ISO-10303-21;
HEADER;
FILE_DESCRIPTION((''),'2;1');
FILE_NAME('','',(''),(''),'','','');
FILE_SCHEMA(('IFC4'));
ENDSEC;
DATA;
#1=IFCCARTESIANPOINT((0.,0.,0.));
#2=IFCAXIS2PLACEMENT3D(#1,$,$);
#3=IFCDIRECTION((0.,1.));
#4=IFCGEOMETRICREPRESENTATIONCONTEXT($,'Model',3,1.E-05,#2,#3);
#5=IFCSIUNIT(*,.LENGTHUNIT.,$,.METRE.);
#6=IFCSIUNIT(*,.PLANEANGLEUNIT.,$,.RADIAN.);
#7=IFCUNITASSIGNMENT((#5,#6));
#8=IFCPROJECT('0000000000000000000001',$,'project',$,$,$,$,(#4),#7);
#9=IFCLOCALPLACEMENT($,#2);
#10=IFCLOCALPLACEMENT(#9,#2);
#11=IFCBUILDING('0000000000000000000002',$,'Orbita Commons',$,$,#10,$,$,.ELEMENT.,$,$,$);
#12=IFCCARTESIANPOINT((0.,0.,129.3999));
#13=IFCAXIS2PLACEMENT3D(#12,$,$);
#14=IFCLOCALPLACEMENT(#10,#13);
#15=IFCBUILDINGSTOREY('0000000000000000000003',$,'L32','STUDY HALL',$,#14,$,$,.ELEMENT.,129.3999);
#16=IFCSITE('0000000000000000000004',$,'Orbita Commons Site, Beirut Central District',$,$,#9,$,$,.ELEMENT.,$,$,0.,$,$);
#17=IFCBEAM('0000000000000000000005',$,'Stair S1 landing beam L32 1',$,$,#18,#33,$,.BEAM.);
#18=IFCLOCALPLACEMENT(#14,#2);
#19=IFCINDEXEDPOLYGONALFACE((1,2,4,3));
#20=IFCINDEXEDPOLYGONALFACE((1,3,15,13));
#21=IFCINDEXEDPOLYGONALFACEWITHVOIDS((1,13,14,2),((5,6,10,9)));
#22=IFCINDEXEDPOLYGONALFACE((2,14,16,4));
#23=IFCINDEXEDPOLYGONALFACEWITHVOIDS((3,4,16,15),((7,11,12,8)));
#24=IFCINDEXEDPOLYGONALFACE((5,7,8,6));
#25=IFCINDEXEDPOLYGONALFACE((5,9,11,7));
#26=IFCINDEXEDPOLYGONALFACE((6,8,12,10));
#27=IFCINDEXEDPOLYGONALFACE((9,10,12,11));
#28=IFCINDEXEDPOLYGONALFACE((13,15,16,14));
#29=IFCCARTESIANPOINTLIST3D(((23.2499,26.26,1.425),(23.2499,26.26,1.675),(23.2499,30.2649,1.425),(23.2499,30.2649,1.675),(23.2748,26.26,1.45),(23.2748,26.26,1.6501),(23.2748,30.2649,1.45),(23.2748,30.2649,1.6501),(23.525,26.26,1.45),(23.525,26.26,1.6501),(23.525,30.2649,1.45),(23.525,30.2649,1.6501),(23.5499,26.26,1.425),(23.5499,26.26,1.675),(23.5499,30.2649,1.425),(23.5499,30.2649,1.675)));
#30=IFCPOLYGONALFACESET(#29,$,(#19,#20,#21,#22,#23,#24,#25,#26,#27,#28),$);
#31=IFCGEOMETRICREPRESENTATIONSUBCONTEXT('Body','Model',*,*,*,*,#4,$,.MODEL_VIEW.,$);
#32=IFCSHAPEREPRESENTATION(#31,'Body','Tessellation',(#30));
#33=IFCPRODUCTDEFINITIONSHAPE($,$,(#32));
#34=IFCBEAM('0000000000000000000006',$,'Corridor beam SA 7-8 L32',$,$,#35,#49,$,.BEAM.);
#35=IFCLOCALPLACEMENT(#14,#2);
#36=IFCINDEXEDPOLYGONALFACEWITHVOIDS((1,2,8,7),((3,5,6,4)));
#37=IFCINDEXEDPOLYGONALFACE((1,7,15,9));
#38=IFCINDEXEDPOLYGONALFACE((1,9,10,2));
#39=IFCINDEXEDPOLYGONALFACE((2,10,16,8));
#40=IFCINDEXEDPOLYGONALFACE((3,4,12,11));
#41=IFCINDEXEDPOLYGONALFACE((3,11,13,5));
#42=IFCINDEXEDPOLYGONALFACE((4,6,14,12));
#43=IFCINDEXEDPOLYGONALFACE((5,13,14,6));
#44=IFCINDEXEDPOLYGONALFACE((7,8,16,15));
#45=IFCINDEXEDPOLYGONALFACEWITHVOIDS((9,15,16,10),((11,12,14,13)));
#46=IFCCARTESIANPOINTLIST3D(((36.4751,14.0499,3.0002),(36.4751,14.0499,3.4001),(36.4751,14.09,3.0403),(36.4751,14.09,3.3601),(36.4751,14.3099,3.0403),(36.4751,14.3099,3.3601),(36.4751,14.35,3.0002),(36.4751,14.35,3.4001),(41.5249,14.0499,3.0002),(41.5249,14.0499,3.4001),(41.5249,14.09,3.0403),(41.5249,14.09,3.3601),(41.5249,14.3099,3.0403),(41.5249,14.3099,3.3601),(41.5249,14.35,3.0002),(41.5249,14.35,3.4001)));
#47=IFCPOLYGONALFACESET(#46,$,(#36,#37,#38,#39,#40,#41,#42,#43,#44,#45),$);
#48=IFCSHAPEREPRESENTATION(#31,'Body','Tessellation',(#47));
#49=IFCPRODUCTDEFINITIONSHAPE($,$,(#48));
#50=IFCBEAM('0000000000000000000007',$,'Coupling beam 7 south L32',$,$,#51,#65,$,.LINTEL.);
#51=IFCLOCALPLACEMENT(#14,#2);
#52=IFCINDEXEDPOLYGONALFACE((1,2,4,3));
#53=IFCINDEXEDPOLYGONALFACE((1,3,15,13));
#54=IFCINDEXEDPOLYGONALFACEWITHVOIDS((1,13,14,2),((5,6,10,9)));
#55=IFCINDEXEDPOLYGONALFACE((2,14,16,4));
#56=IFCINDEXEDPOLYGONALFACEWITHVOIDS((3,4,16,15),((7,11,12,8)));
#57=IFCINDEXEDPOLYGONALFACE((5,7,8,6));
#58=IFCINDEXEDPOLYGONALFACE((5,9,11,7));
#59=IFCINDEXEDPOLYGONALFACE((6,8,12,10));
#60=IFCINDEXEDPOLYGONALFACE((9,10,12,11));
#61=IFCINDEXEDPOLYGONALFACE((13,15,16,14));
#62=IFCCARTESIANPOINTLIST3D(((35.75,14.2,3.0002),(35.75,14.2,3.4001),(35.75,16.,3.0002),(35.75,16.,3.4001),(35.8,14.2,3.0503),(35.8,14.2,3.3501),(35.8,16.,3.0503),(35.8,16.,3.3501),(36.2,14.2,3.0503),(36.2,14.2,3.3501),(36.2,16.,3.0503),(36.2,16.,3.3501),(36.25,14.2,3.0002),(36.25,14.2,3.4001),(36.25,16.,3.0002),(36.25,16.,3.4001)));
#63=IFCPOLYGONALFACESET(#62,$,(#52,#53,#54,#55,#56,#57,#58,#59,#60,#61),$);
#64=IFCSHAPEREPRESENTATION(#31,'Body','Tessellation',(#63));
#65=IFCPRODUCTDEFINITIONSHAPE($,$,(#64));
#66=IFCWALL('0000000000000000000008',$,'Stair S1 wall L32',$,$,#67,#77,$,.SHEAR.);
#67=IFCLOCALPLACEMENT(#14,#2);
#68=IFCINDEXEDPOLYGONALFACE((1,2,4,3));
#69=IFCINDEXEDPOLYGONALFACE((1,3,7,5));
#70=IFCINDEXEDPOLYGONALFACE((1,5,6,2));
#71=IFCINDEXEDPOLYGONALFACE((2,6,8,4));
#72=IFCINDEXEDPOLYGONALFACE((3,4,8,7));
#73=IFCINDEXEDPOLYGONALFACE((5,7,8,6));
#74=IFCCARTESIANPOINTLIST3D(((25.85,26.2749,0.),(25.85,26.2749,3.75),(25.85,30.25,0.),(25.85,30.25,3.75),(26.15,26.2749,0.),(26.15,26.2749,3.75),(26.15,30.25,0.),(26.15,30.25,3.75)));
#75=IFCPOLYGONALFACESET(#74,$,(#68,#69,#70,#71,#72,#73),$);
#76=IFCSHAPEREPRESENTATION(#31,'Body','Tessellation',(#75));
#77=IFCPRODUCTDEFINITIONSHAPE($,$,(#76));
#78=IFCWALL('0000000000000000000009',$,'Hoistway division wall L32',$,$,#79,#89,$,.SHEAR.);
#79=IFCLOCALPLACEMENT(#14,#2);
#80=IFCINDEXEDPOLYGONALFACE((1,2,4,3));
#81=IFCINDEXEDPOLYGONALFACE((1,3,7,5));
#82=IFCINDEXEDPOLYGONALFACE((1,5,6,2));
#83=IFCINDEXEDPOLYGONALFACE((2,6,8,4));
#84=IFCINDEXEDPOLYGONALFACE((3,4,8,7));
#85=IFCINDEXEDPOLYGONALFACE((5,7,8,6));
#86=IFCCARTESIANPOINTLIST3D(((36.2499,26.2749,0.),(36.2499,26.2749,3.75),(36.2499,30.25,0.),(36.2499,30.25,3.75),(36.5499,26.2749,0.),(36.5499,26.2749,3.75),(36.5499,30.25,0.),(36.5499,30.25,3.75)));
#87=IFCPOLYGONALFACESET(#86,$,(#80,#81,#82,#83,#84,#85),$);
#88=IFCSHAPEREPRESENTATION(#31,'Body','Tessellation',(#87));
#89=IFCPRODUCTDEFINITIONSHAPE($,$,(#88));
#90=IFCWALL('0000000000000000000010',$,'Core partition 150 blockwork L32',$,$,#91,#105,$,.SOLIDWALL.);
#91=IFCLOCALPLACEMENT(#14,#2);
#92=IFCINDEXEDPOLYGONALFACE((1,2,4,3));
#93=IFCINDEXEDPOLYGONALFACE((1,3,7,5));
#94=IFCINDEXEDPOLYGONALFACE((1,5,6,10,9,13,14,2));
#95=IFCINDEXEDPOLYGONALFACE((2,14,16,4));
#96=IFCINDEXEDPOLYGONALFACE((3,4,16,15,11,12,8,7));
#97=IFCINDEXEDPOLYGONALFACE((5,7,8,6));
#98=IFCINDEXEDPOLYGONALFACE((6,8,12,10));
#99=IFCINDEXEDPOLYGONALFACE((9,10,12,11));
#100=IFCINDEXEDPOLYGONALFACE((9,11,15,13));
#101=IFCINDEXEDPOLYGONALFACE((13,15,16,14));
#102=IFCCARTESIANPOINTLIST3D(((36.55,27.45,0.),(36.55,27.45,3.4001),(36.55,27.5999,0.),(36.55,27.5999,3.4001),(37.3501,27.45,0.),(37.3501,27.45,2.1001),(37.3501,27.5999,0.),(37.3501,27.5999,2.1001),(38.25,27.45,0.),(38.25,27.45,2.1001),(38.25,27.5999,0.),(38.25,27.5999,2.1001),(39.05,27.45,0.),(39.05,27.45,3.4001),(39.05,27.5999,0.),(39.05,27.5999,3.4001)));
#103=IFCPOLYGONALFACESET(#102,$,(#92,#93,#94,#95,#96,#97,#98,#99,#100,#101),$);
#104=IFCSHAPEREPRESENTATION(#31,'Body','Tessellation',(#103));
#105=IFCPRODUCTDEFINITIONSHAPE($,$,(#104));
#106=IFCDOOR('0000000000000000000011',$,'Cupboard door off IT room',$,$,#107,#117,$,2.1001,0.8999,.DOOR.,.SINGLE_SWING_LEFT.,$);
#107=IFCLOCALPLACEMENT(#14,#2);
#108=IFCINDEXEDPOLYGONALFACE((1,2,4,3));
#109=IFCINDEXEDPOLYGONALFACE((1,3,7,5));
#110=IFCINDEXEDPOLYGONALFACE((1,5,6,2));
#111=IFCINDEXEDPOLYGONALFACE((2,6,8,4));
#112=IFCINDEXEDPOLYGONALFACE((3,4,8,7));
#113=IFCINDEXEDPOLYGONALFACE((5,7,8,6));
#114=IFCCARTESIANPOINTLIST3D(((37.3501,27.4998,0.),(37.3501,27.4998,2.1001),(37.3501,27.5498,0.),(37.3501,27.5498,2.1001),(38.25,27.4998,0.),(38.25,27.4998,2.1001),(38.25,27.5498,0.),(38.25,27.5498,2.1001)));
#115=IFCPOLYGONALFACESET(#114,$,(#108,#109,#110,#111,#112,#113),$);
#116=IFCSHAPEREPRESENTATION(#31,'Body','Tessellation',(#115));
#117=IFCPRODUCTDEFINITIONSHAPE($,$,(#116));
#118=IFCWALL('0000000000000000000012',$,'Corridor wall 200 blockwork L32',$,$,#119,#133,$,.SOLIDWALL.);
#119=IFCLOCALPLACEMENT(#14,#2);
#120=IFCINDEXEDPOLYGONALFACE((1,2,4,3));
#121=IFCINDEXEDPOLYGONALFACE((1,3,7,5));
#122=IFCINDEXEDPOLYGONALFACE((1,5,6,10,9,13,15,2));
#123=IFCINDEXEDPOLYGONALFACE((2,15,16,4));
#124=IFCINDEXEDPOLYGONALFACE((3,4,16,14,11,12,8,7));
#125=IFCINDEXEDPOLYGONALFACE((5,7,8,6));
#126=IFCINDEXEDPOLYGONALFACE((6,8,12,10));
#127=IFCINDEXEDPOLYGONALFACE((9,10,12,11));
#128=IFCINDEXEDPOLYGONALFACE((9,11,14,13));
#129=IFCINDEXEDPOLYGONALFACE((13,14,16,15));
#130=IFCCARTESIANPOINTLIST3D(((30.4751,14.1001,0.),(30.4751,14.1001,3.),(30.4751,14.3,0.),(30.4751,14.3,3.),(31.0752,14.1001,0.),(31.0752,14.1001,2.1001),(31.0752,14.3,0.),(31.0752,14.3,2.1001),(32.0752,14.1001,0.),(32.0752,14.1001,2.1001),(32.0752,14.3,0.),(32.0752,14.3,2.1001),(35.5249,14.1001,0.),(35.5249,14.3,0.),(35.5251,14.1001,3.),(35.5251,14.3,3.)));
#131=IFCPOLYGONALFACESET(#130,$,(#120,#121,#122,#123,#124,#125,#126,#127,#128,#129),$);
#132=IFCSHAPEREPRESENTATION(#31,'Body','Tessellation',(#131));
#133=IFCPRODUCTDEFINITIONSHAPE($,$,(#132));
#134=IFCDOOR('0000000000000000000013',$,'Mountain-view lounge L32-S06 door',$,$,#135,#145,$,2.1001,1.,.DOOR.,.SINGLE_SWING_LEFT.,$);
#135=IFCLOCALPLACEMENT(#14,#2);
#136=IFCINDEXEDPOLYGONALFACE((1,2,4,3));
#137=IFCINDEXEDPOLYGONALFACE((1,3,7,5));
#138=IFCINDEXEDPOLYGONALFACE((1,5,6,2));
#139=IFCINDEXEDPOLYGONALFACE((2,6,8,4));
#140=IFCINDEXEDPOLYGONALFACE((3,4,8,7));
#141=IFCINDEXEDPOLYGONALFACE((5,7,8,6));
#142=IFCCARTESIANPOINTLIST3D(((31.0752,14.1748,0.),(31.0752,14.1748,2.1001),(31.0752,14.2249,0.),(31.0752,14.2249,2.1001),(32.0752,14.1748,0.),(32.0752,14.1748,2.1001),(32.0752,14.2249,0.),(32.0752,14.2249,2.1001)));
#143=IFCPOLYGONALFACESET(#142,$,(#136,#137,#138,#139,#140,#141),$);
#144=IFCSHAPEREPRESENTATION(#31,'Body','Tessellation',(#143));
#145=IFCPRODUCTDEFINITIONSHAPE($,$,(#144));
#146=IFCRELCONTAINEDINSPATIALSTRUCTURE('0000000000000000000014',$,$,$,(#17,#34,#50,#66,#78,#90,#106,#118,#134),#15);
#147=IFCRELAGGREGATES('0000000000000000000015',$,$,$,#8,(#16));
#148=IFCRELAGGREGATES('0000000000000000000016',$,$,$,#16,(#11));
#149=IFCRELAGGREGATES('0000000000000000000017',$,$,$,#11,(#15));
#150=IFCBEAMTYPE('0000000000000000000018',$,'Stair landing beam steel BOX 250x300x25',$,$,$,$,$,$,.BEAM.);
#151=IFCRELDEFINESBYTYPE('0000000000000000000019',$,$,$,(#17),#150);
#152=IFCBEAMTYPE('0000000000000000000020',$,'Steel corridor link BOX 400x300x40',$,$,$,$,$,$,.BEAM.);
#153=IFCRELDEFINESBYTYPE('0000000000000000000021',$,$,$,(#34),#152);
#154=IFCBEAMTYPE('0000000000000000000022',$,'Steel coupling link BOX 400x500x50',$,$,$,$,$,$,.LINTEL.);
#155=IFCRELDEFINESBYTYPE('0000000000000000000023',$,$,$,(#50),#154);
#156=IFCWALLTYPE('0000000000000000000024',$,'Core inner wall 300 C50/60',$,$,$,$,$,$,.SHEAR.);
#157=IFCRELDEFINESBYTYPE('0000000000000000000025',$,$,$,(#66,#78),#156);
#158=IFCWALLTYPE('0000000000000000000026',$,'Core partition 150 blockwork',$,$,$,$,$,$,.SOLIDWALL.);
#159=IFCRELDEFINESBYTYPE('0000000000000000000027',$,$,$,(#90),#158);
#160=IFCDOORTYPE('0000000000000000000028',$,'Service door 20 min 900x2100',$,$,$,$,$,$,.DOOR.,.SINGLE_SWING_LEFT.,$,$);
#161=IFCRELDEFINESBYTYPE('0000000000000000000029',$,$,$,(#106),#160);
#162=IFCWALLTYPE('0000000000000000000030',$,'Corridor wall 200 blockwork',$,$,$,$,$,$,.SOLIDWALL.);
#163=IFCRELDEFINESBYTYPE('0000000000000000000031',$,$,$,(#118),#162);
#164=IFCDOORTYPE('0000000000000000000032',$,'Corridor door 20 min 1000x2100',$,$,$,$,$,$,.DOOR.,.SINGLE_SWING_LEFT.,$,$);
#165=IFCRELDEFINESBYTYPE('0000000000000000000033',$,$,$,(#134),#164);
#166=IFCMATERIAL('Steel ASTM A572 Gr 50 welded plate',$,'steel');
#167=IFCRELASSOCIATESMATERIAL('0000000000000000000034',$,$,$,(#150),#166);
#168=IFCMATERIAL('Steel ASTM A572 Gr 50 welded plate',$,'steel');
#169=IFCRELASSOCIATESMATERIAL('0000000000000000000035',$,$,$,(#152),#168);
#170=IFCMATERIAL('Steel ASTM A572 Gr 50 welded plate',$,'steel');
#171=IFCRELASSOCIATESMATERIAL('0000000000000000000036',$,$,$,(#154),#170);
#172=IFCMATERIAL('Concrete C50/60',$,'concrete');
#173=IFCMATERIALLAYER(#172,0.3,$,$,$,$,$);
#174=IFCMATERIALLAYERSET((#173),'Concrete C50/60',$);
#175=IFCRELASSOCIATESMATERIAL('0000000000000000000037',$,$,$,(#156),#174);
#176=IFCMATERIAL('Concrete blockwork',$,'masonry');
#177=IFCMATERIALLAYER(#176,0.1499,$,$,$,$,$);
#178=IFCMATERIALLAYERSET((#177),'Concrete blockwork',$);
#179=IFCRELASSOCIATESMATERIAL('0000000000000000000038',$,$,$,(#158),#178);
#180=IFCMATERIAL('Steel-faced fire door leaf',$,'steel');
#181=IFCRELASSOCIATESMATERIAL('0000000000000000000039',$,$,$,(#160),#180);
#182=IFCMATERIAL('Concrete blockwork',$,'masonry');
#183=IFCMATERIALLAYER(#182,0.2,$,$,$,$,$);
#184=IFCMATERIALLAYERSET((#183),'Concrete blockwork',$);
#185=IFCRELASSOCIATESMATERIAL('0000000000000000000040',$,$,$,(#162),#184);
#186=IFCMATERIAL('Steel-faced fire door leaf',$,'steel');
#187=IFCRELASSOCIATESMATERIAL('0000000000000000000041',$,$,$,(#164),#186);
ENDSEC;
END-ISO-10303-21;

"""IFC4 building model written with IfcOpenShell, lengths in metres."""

from ifc_helpers import new_model, si_unit, direction, frame, frame_2d, origin, origin_2d, place, context, subcontext, project, spatial, polyline, rectangle, hollow_rectangle, outline, extrude, material, layer, layer_set, material_profile, profile_set, type_object, element, fill, save


model = new_model("IFC4")

# Units and contexts
model_context = context("Model", 3, precision=1e-05, world=origin(), true_north=direction((0.0, 1.0)))
body_context = subcontext(model_context, "Body", "Model", "MODEL_VIEW")
ifc_project = project(units=[si_unit("LENGTHUNIT", "METRE"), si_unit("PLANEANGLEUNIT", "RADIAN")], contexts=[model_context])

# Site, building, storey
site_placement = place(None, origin())
site = spatial("IfcSite", under=ifc_project, at=site_placement, Name="Orbita Commons Site, Beirut Central District", CompositionType="ELEMENT", RefElevation=0.0)
building_placement = place(site_placement, origin())
building = spatial("IfcBuilding", under=site, at=building_placement, Name="Orbita Commons", CompositionType="ELEMENT")
storey_placement = place(building_placement, frame((0.0, 0.0, 129.3999)))
storey = spatial("IfcBuildingStorey", under=building, at=storey_placement, Name="L32", Description="STUDY HALL", CompositionType="ELEMENT", Elevation=129.3999)

# Beams
ifc_material_1 = material(Name="Steel ASTM A572 Gr 50 welded plate", Category="steel")
ifc_material_profile_1 = material_profile(ifc_material_1, hollow_rectangle(XDim=0.3, YDim=0.25, WallThickness=0.0249, at=origin_2d()), Name="BOX 250x300x25")
ifc_profile_set_1 = profile_set([ifc_material_profile_1], Name="Steel ASTM A572 Gr 50 welded plate")
beam_type_1 = type_object("IfcBeamType", Name="Stair landing beam steel BOX 250x300x25", PredefinedType="BEAM", material=ifc_profile_set_1)
beam_1_placement = place(storey_placement, frame((23.3999, 26.26, 1.55), z_axis=(0.0, 1.0, 0.0), x_axis=(-1.0, 0.0, 0.0)))
element("IfcBeam", 1, at=beam_1_placement, inside=storey, type_object=beam_type_1, Name="Stair S1 landing beam L32 1", PredefinedType="BEAM", context=body_context, shape_type="SweptSolid", body=[
    extrude(hollow_rectangle(XDim=0.3, YDim=0.25, WallThickness=0.0249, at=origin_2d()), origin(), (0.0, 0.0, 1.0), 4.0049),
])
ifc_material_2 = material(Name="Steel ASTM A572 Gr 50 welded plate", Category="steel")
ifc_material_profile_2 = material_profile(ifc_material_2, hollow_rectangle(XDim=0.3, YDim=0.3999, WallThickness=0.04, at=origin_2d()), Name="BOX 400x300x40")
ifc_profile_set_2 = profile_set([ifc_material_profile_2], Name="Steel ASTM A572 Gr 50 welded plate")
beam_type_2 = type_object("IfcBeamType", Name="Steel corridor link BOX 400x300x40", PredefinedType="BEAM", material=ifc_profile_set_2)
beam_2_placement = place(storey_placement, frame((36.4751, 14.2, 3.2002), z_axis=(1.0, 0.0, 0.0), x_axis=(0.0, 1.0, 0.0)))
element("IfcBeam", 2, at=beam_2_placement, inside=storey, type_object=beam_type_2, Name="Corridor beam SA 7-8 L32", PredefinedType="BEAM", context=body_context, shape_type="SweptSolid", body=[
    extrude(hollow_rectangle(XDim=0.3, YDim=0.3999, WallThickness=0.04, at=origin_2d()), origin(), (0.0, 0.0, 1.0), 5.0498),
])
ifc_material_3 = material(Name="Steel ASTM A572 Gr 50 welded plate", Category="steel")
ifc_material_profile_3 = material_profile(ifc_material_3, hollow_rectangle(XDim=0.5, YDim=0.3999, WallThickness=0.05, at=origin_2d()), Name="BOX 400x500x50")
ifc_profile_set_3 = profile_set([ifc_material_profile_3], Name="Steel ASTM A572 Gr 50 welded plate")
beam_type_3 = type_object("IfcBeamType", Name="Steel coupling link BOX 400x500x50", PredefinedType="LINTEL", material=ifc_profile_set_3)
beam_3_placement = place(storey_placement, frame((36.0, 14.2, 3.2002), z_axis=(0.0, 1.0, 0.0), x_axis=(-1.0, 0.0, 0.0)))
element("IfcBeam", 3, at=beam_3_placement, inside=storey, type_object=beam_type_3, Name="Coupling beam 7 south L32", PredefinedType="LINTEL", context=body_context, shape_type="SweptSolid", body=[
    extrude(hollow_rectangle(XDim=0.5, YDim=0.3999, WallThickness=0.05, at=origin_2d()), origin(), (0.0, 0.0, 1.0), 1.8),
])

# Walls
ifc_material_4 = material(Name="Concrete C50/60", Category="concrete")
ifc_layer_1 = layer(ifc_material_4, 0.3)
ifc_layer_set_1 = layer_set([ifc_layer_1], Name="Concrete C50/60")
wall_type_1 = type_object("IfcWallType", Name="Core inner wall 300 C50/60", PredefinedType="SHEAR", material=ifc_layer_set_1)
for number, where, z_axis, x_axis, name in (
    (4, (26.0, 26.2749, 0.0), (0.0, 0.0, 1.0), (0.0, 1.0, 0.0), "Stair S1 wall L32"),
    (5, (36.3999, 26.2749, 0.0), (0.0, 0.0, 1.0), (0.0, 1.0, 0.0), "Hoistway division wall L32"),
):
    element("IfcWall", number, at=place(storey_placement, frame(where, z_axis=z_axis, x_axis=x_axis)), inside=storey, type_object=wall_type_1, Name=name, PredefinedType="SHEAR", context=body_context, shape_type="SweptSolid", body=[
        extrude(rectangle(XDim=3.9751, YDim=0.3, at=frame_2d((1.9875, 0.0))), origin(), (0.0, 0.0, 1.0), 3.75),
    ])

# Walls, openings, doors
ifc_material_5 = material(Name="Concrete blockwork", Category="masonry")
ifc_layer_2 = layer(ifc_material_5, 0.1499)
ifc_layer_set_2 = layer_set([ifc_layer_2], Name="Concrete blockwork")
wall_type_2 = type_object("IfcWallType", Name="Core partition 150 blockwork", PredefinedType="SOLIDWALL", material=ifc_layer_set_2)
wall_1_placement = place(storey_placement, frame((36.55, 27.5249, 0.0), z_axis=(0.0, 0.0, 1.0), x_axis=(1.0, 0.0, 0.0)))
wall_1 = element("IfcWall", 6, at=wall_1_placement, inside=storey, type_object=wall_type_2, Name="Core partition 150 blockwork L32", PredefinedType="SOLIDWALL", context=body_context, shape_type="SweptSolid", body=[
    extrude(rectangle(XDim=2.5, YDim=0.1499, at=frame_2d((1.25, 0.0))), origin(), (0.0, 0.0, 1.0), 3.4001),
])
opening_1_placement = place(wall_1_placement, frame((0.8, 0.0, 0.0)))
opening_1 = element("IfcOpeningElement", 7, at=opening_1_placement, cuts=wall_1, PredefinedType="OPENING", context=body_context, shape_type="SweptSolid", body=[
    extrude(rectangle(XDim=0.8999, YDim=2.1001, at=frame_2d((0.45, 1.05))), frame((0.0, 0.085, 0.0), z_axis=(0.0, -1.0, 0.0), x_axis=(1.0, 0.0, 0.0)), (0.0, 0.0, 1.0), 0.1699),
])
ifc_material_6 = material(Name="Steel-faced fire door leaf", Category="steel")
door_type_1 = type_object("IfcDoorType", Name="Service door 20 min 900x2100", OperationType="SINGLE_SWING_LEFT", PredefinedType="DOOR", material=ifc_material_6)
door_1_placement = place(opening_1_placement, origin())
door_1 = element("IfcDoor", 8, at=door_1_placement, inside=storey, type_object=door_type_1, Name="Cupboard door off IT room", OperationType="SINGLE_SWING_LEFT", OverallHeight=2.1001, OverallWidth=0.8999, PredefinedType="DOOR", context=body_context, shape_type="SweptSolid", body=[
    extrude(rectangle(XDim=0.8999, YDim=2.1001, at=frame_2d((0.45, 1.05))), frame((0.0, 0.0249, 0.0), z_axis=(0.0, -1.0, 0.0), x_axis=(1.0, 0.0, 0.0)), (0.0, 0.0, 1.0), 0.05),
])
fill(opening_1, door_1)
ifc_material_7 = material(Name="Concrete blockwork", Category="masonry")
ifc_layer_3 = layer(ifc_material_7, 0.2)
ifc_layer_set_3 = layer_set([ifc_layer_3], Name="Concrete blockwork")
wall_type_3 = type_object("IfcWallType", Name="Corridor wall 200 blockwork", PredefinedType="SOLIDWALL", material=ifc_layer_set_3)
wall_2_placement = place(storey_placement, frame((30.4751, 14.2, 0.0), z_axis=(0.0, 0.0, 1.0), x_axis=(1.0, 0.0, 0.0)))
wall_2 = element("IfcWall", 9, at=wall_2_placement, inside=storey, type_object=wall_type_3, Name="Corridor wall 200 blockwork L32", PredefinedType="SOLIDWALL", context=body_context, shape_type="SweptSolid", body=[
    extrude(outline(polyline([(0.0, 0.0), (5.0498, 0.0), (5.05, 3.0), (0.0, 3.0), (0.0, 0.0)])), frame((0.0, 0.1001, 0.0), z_axis=(0.0, -1.0, 0.0), x_axis=(1.0, 0.0, 0.0)), (0.0, 0.0, 1.0), 0.2),
])
opening_2_placement = place(wall_2_placement, frame((0.6001, 0.0, 0.0)))
opening_2 = element("IfcOpeningElement", 10, at=opening_2_placement, cuts=wall_2, PredefinedType="OPENING", context=body_context, shape_type="SweptSolid", body=[
    extrude(rectangle(XDim=1.0, YDim=2.1001, at=frame_2d((0.5, 1.05))), frame((0.0, 0.1099, 0.0), z_axis=(0.0, -1.0, 0.0), x_axis=(1.0, 0.0, 0.0)), (0.0, 0.0, 1.0), 0.22),
])
ifc_material_8 = material(Name="Steel-faced fire door leaf", Category="steel")
door_type_2 = type_object("IfcDoorType", Name="Corridor door 20 min 1000x2100", OperationType="SINGLE_SWING_LEFT", PredefinedType="DOOR", material=ifc_material_8)
door_2_placement = place(opening_2_placement, origin())
door_2 = element("IfcDoor", 11, at=door_2_placement, inside=storey, type_object=door_type_2, Name="Mountain-view lounge L32-S06 door", OperationType="SINGLE_SWING_LEFT", OverallHeight=2.1001, OverallWidth=1.0, PredefinedType="DOOR", context=body_context, shape_type="SweptSolid", body=[
    extrude(rectangle(XDim=1.0, YDim=2.1001, at=frame_2d((0.5, 1.05))), frame((0.0, 0.0249, 0.0), z_axis=(0.0, -1.0, 0.0), x_axis=(1.0, 0.0, 0.0)), (0.0, 0.0, 1.0), 0.05),
])
fill(opening_2, door_2)

save(model, "model.ifc")
